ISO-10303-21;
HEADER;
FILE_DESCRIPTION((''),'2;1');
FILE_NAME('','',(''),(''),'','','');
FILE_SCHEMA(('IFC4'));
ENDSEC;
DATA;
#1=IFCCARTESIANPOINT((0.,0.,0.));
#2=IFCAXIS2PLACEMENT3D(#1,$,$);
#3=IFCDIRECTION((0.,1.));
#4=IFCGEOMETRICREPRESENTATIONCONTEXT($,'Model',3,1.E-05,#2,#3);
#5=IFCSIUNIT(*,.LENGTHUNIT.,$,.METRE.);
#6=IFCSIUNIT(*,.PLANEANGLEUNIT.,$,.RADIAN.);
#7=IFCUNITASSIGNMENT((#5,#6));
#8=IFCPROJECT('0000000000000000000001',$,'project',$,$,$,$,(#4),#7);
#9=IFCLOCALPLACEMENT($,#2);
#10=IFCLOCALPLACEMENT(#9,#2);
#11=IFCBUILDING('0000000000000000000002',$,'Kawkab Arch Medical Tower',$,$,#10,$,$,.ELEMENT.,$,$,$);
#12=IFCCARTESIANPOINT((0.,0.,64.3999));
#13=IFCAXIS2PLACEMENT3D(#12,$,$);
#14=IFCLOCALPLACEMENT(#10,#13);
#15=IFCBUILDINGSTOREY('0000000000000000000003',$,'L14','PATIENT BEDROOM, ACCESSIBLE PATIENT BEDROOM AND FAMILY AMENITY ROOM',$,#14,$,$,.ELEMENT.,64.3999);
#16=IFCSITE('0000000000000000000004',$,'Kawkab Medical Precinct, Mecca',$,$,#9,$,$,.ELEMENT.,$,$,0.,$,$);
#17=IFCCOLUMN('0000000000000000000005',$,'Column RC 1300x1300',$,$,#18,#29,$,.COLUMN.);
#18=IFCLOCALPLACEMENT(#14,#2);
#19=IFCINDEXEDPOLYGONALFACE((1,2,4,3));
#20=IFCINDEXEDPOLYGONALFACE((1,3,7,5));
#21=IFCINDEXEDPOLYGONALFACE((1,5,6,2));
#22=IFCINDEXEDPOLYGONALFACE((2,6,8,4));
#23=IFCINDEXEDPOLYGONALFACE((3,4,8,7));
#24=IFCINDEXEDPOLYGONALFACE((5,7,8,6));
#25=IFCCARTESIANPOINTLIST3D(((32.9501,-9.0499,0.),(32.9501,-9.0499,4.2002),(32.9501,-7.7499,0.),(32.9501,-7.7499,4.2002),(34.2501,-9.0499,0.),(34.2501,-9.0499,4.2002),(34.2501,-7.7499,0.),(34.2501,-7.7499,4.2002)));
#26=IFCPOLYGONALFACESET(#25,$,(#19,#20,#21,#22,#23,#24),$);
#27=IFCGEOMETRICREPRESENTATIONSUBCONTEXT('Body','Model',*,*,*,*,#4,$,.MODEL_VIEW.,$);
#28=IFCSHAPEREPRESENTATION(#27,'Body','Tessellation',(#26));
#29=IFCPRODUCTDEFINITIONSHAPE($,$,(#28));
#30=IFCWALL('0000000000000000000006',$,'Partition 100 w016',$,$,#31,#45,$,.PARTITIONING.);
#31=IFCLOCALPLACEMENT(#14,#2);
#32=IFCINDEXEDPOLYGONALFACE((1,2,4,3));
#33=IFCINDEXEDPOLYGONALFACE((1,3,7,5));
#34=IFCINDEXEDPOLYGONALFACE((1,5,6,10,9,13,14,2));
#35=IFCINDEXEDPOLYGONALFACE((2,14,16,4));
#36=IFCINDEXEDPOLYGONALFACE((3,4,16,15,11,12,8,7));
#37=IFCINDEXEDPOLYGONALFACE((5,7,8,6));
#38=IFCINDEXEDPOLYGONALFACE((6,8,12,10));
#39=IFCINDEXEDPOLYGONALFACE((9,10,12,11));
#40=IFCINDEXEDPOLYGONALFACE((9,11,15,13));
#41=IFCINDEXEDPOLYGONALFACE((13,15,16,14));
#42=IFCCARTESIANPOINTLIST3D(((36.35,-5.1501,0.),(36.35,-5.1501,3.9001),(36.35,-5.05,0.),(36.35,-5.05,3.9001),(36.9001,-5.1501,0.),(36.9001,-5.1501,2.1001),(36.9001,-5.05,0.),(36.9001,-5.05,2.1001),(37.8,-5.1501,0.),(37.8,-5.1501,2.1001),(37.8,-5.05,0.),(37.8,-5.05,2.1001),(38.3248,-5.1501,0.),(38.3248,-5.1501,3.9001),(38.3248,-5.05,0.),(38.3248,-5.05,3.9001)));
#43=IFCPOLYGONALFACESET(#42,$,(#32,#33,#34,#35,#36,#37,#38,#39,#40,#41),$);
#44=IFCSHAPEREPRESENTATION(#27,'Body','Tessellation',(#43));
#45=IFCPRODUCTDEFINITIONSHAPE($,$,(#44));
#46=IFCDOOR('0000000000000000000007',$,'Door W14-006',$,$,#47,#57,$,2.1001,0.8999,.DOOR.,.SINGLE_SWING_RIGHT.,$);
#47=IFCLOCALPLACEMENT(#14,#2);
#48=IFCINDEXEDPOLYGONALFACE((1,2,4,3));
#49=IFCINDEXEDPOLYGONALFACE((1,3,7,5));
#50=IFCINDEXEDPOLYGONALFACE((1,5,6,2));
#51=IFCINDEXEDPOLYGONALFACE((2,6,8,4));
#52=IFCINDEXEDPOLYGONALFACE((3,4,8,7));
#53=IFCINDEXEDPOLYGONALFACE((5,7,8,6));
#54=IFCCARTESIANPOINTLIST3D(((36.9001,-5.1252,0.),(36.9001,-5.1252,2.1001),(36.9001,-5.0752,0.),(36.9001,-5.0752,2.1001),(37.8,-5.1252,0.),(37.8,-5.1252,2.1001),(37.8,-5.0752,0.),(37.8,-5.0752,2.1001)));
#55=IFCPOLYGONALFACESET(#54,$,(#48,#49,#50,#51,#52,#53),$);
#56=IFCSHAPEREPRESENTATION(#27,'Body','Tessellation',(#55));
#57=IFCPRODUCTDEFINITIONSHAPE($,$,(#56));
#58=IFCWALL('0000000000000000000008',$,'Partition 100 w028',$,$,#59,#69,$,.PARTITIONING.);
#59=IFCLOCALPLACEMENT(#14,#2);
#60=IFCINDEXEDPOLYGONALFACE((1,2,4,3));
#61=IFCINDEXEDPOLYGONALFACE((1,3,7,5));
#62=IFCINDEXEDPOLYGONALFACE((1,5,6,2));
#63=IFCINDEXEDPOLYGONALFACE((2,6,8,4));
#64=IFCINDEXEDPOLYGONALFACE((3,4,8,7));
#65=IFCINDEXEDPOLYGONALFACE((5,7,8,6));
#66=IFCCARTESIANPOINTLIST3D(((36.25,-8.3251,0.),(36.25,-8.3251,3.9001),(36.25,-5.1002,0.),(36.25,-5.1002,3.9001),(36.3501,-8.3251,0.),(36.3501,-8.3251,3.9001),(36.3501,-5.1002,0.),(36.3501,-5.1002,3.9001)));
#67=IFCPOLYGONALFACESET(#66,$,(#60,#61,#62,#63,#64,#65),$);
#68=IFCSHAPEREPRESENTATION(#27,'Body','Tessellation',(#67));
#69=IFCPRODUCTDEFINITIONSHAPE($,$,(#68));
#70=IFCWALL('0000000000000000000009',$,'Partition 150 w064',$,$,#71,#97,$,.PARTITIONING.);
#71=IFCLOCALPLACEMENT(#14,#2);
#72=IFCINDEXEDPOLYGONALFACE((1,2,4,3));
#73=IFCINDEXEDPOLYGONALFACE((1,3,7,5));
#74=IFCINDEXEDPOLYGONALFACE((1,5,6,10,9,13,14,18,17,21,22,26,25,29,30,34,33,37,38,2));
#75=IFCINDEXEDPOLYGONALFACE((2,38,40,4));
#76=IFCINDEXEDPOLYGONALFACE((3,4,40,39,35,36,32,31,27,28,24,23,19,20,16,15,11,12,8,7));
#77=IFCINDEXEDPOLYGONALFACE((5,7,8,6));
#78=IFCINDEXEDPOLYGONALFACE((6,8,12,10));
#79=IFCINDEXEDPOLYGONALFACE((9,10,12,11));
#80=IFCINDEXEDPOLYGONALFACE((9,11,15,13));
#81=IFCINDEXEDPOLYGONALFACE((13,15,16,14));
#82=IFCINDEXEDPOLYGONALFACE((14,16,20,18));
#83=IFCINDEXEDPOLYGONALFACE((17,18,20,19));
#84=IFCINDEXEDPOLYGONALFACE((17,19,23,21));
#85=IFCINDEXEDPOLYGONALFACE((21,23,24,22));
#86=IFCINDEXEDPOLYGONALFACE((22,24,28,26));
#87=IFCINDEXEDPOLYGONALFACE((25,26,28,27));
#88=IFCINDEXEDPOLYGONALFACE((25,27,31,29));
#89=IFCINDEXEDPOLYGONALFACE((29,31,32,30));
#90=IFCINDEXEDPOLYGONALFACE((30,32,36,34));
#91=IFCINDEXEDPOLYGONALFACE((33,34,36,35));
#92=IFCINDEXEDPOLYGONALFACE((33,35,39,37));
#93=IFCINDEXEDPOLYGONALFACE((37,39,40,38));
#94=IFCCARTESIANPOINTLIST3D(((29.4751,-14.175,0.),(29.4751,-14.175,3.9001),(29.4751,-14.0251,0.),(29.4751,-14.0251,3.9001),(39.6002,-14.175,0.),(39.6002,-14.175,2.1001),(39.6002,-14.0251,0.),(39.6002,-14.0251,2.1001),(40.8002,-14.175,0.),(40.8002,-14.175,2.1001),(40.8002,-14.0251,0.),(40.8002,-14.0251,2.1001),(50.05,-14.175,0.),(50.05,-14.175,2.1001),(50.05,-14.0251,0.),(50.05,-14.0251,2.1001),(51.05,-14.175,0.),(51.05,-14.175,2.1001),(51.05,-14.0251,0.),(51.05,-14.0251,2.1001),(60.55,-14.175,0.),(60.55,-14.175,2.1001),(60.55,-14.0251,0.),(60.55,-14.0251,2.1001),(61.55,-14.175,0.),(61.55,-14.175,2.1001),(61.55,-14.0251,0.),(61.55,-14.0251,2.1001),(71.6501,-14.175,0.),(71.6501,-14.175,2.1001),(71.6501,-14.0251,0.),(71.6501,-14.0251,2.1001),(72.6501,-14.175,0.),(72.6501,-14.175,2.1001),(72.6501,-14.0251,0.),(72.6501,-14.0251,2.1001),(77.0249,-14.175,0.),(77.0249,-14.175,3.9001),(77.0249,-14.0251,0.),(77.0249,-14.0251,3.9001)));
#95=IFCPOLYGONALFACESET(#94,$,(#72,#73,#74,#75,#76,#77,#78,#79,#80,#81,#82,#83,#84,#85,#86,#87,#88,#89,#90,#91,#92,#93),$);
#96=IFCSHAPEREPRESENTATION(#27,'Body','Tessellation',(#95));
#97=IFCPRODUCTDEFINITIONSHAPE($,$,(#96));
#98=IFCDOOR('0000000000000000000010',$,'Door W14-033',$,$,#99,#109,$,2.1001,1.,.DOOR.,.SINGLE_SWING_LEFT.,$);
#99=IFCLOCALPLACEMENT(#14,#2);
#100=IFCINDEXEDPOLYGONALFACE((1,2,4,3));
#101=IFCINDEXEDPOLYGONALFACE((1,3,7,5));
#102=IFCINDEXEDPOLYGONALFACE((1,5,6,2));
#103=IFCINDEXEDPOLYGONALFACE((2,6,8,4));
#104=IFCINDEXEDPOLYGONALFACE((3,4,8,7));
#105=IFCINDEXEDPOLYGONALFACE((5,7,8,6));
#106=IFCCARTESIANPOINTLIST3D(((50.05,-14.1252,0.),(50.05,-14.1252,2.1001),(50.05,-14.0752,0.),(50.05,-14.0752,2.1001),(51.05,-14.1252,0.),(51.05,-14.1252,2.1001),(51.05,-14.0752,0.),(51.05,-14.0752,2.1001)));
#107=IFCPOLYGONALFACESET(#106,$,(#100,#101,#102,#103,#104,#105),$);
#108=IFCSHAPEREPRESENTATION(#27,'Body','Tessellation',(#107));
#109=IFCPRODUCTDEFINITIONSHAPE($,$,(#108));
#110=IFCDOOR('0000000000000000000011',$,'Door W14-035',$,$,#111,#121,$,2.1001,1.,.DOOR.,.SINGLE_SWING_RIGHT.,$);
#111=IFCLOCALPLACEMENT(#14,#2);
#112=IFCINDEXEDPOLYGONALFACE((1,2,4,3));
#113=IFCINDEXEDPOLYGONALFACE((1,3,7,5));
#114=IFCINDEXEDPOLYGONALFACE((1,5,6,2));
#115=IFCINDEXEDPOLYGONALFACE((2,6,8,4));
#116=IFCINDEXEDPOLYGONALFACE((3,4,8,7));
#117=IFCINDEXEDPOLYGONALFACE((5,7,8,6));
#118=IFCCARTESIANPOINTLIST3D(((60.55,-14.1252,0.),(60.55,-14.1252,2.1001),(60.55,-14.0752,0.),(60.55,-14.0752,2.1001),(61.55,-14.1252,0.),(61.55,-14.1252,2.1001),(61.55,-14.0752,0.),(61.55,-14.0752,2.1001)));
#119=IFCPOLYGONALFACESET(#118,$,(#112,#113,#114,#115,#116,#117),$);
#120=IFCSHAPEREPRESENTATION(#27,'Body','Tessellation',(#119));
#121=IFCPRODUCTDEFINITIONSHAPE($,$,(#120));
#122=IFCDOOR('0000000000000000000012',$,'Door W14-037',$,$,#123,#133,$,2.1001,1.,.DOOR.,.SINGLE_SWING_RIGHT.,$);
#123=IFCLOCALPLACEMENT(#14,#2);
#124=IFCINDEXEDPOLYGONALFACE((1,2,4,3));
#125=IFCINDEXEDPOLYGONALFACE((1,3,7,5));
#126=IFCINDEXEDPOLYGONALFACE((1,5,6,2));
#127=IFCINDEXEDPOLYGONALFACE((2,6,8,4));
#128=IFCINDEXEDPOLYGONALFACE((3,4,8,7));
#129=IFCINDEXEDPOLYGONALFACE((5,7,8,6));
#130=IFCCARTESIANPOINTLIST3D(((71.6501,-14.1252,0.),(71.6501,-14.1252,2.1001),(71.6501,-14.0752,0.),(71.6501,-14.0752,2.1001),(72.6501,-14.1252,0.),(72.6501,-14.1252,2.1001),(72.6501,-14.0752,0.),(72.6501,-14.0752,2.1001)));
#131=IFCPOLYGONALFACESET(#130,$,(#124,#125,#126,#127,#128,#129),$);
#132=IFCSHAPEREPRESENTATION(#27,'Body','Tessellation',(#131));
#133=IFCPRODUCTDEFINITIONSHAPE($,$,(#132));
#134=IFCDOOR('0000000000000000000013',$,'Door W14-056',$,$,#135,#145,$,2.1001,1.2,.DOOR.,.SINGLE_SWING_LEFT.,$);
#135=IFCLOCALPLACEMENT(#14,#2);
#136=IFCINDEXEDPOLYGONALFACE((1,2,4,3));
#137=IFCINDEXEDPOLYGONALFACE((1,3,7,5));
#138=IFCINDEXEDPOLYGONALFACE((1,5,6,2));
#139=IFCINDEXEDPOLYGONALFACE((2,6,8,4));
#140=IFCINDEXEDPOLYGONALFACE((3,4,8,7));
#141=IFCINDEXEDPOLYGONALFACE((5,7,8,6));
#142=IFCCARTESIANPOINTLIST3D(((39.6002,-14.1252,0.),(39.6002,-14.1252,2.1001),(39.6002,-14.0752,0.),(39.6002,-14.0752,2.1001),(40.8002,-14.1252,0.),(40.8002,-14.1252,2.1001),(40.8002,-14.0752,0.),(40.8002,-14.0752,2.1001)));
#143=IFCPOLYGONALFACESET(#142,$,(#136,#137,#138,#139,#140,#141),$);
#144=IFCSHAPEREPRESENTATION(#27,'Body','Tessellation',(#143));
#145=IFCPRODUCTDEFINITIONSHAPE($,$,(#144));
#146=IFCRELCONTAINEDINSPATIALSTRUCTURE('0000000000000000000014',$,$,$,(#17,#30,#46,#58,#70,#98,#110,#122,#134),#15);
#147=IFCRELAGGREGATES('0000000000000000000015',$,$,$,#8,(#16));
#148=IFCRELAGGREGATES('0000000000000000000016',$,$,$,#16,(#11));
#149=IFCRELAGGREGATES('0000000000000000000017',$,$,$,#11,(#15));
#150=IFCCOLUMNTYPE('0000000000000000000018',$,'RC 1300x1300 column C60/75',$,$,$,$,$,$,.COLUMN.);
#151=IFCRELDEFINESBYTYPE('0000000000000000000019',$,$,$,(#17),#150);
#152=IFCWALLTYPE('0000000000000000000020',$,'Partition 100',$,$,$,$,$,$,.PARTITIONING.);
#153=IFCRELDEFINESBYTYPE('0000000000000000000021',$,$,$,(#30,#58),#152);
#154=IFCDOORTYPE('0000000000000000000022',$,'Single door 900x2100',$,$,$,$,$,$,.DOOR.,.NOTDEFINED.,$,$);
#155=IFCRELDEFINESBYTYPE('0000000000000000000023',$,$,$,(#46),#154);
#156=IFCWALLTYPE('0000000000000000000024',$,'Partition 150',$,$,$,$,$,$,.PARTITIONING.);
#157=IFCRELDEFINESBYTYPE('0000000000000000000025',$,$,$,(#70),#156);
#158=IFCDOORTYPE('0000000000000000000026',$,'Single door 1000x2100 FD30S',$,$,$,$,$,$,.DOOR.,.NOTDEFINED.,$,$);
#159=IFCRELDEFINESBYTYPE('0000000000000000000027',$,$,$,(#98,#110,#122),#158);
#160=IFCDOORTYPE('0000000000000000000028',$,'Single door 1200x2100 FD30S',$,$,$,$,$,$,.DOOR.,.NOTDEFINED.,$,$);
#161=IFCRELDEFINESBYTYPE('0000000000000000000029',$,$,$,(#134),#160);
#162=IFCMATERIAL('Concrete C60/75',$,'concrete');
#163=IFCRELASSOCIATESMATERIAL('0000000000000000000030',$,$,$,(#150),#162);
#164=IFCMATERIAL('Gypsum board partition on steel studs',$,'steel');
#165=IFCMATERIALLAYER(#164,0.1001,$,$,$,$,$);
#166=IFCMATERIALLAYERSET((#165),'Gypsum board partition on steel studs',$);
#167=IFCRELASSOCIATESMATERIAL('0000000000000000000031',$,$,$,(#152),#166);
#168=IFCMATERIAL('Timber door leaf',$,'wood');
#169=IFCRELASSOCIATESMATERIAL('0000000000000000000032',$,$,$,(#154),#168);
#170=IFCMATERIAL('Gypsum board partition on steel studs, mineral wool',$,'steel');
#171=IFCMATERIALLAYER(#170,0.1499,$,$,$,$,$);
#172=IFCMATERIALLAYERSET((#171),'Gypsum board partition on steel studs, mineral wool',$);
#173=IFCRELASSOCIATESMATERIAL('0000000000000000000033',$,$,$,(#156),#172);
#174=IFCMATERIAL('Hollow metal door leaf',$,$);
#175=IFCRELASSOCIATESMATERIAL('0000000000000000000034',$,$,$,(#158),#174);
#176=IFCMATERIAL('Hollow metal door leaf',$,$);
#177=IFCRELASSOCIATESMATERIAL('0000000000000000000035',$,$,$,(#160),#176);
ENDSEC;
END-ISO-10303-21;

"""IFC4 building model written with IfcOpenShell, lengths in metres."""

from ifc_helpers import new_model, si_unit, direction, frame, frame_2d, origin, origin_2d, place, context, subcontext, project, spatial, rectangle, extrude, material, layer, layer_set, material_profile, profile_set, type_object, element, fill, save


model = new_model("IFC4")

# Units and contexts
model_context = context("Model", 3, precision=1e-05, world=origin(), true_north=direction((0.0, 1.0)))
body_context = subcontext(model_context, "Body", "Model", "MODEL_VIEW")
ifc_project = project(units=[si_unit("LENGTHUNIT", "METRE"), si_unit("PLANEANGLEUNIT", "RADIAN")], contexts=[model_context])

# Site, building, storey
site_placement = place(None, origin())
site = spatial("IfcSite", under=ifc_project, at=site_placement, Name="Kawkab Medical Precinct, Mecca", CompositionType="ELEMENT", RefElevation=0.0)
building_placement = place(site_placement, origin())
building = spatial("IfcBuilding", under=site, at=building_placement, Name="Kawkab Arch Medical Tower", CompositionType="ELEMENT")
storey_placement = place(building_placement, frame((0.0, 0.0, 64.3999)))
storey = spatial("IfcBuildingStorey", under=building, at=storey_placement, Name="L14", Description="PATIENT BEDROOM, ACCESSIBLE PATIENT BEDROOM AND FAMILY AMENITY ROOM", CompositionType="ELEMENT", Elevation=64.3999)

# Column
ifc_material_1 = material(Name="Concrete C60/75", Category="concrete")
ifc_material_profile = material_profile(ifc_material_1, rectangle(XDim=1.3, YDim=1.3, at=origin_2d()), Name="RC 1300x1300")
ifc_profile_set = profile_set([ifc_material_profile], Name="Concrete C60/75")
column_type = type_object("IfcColumnType", Name="RC 1300x1300 column C60/75", PredefinedType="COLUMN", material=ifc_profile_set)
column_placement = place(storey_placement, frame((33.6001, -8.3999, 0.0), z_axis=(0.0, 0.0, 1.0), x_axis=(1.0, 0.0, 0.0)))
element("IfcColumn", 1, at=column_placement, inside=storey, type_object=column_type, Name="Column RC 1300x1300", PredefinedType="COLUMN", context=body_context, shape_type="SweptSolid", body=[
    extrude(rectangle(XDim=1.3, YDim=1.3, at=origin_2d()), origin(), (0.0, 0.0, 1.0), 4.2002),
])

# Wall, opening, door
ifc_material_2 = material(Name="Gypsum board partition on steel studs", Category="steel")
ifc_layer_1 = layer(ifc_material_2, 0.1001)
ifc_layer_set_1 = layer_set([ifc_layer_1], Name="Gypsum board partition on steel studs")
wall_type_1 = type_object("IfcWallType", Name="Partition 100", PredefinedType="PARTITIONING", material=ifc_layer_set_1)
wall_1_placement = place(storey_placement, frame((36.3501, -5.1001, 0.0), z_axis=(0.0, 0.0, 1.0), x_axis=(1.0, 0.0, 0.0)))
wall_1 = element("IfcWall", 2, at=wall_1_placement, inside=storey, type_object=wall_type_1, Name="Partition 100 w016", PredefinedType="PARTITIONING", context=body_context, shape_type="SweptSolid", body=[
    extrude(rectangle(XDim=1.9749, YDim=0.1001, at=frame_2d((0.9873, 0.0))), origin(), (0.0, 0.0, 1.0), 3.9001),
])
opening_1_placement = place(wall_1_placement, frame((0.55, 0.0, 0.0)))
opening_1 = element("IfcOpeningElement", 3, at=opening_1_placement, cuts=wall_1, PredefinedType="OPENING", context=body_context, shape_type="SweptSolid", body=[
    extrude(rectangle(XDim=0.8999, YDim=2.1001, at=frame_2d((0.45, 1.05))), frame((0.0, 0.0601, 0.0), z_axis=(0.0, -1.0, 0.0), x_axis=(1.0, 0.0, 0.0)), (0.0, 0.0, 1.0), 0.1201),
])
ifc_material_3 = material(Name="Timber door leaf", Category="wood")
door_type_1 = type_object("IfcDoorType", Name="Single door 900x2100", OperationType="NOTDEFINED", PredefinedType="DOOR", material=ifc_material_3)
door_1_placement = place(opening_1_placement, origin())
door_1 = element("IfcDoor", 4, at=door_1_placement, inside=storey, type_object=door_type_1, Name="Door W14-006", OperationType="SINGLE_SWING_RIGHT", OverallHeight=2.1001, OverallWidth=0.8999, PredefinedType="DOOR", context=body_context, shape_type="SweptSolid", body=[
    extrude(rectangle(XDim=0.8999, YDim=2.1001, at=frame_2d((0.45, 1.05))), frame((0.0, 0.0249, 0.0), z_axis=(0.0, -1.0, 0.0), x_axis=(1.0, 0.0, 0.0)), (0.0, 0.0, 1.0), 0.05),
])
fill(opening_1, door_1)

# Wall
wall_2_placement = place(storey_placement, frame((36.3, -8.325, 0.0), z_axis=(0.0, 0.0, 1.0), x_axis=(0.0, 1.0, 0.0)))
element("IfcWall", 5, at=wall_2_placement, inside=storey, type_object=wall_type_1, Name="Partition 100 w028", PredefinedType="PARTITIONING", context=body_context, shape_type="SweptSolid", body=[
    extrude(rectangle(XDim=3.2249, YDim=0.1001, at=frame_2d((1.6123, 0.0))), origin(), (0.0, 0.0, 1.0), 3.9001),
])

# Wall, openings, doors
ifc_material_4 = material(Name="Gypsum board partition on steel studs, mineral wool", Category="steel")
ifc_layer_2 = layer(ifc_material_4, 0.1499)
ifc_layer_set_2 = layer_set([ifc_layer_2], Name="Gypsum board partition on steel studs, mineral wool")
wall_type_2 = type_object("IfcWallType", Name="Partition 150", PredefinedType="PARTITIONING", material=ifc_layer_set_2)
wall_3_placement = place(storey_placement, frame((29.4751, -14.1001, 0.0), z_axis=(0.0, 0.0, 1.0), x_axis=(1.0, 0.0, 0.0)))
wall_3 = element("IfcWall", 6, at=wall_3_placement, inside=storey, type_object=wall_type_2, Name="Partition 150 w064", PredefinedType="PARTITIONING", context=body_context, shape_type="SweptSolid", body=[
    extrude(rectangle(XDim=47.5498, YDim=0.1499, at=frame_2d((23.7749, 0.0))), origin(), (0.0, 0.0, 1.0), 3.9001),
])
opening_2_placement = place(wall_3_placement, frame((10.125, 0.0, 0.0)))
opening_2 = element("IfcOpeningElement", 7, at=opening_2_placement, cuts=wall_3, PredefinedType="OPENING", context=body_context, shape_type="SweptSolid", body=[
    extrude(rectangle(XDim=1.2, YDim=2.1001, at=frame_2d((0.6001, 1.05))), frame((0.0, 0.085, 0.0), z_axis=(0.0, -1.0, 0.0), x_axis=(1.0, 0.0, 0.0)), (0.0, 0.0, 1.0), 0.1699),
])
opening_3_placement = place(wall_3_placement, frame((20.575, 0.0, 0.0)))
opening_3 = element("IfcOpeningElement", 8, at=opening_3_placement, cuts=wall_3, PredefinedType="OPENING", context=body_context, shape_type="SweptSolid", body=[
    extrude(rectangle(XDim=1.0, YDim=2.1001, at=frame_2d((0.5, 1.05))), frame((0.0, 0.085, 0.0), z_axis=(0.0, -1.0, 0.0), x_axis=(1.0, 0.0, 0.0)), (0.0, 0.0, 1.0), 0.1699),
])
opening_4_placement = place(wall_3_placement, frame((31.075, 0.0, 0.0)))
opening_4 = element("IfcOpeningElement", 9, at=opening_4_placement, cuts=wall_3, PredefinedType="OPENING", context=body_context, shape_type="SweptSolid", body=[
    extrude(rectangle(XDim=1.0, YDim=2.1001, at=frame_2d((0.5, 1.05))), frame((0.0, 0.085, 0.0), z_axis=(0.0, -1.0, 0.0), x_axis=(1.0, 0.0, 0.0)), (0.0, 0.0, 1.0), 0.1699),
])
opening_5_placement = place(wall_3_placement, frame((42.175, 0.0, 0.0)))
opening_5 = element("IfcOpeningElement", 10, at=opening_5_placement, cuts=wall_3, PredefinedType="OPENING", context=body_context, shape_type="SweptSolid", body=[
    extrude(rectangle(XDim=1.0, YDim=2.1001, at=frame_2d((0.5, 1.05))), frame((0.0, 0.085, 0.0), z_axis=(0.0, -1.0, 0.0), x_axis=(1.0, 0.0, 0.0)), (0.0, 0.0, 1.0), 0.1699),
])
ifc_material_5 = material(Name="Hollow metal door leaf")
door_type_2 = type_object("IfcDoorType", Name="Single door 1000x2100 FD30S", OperationType="NOTDEFINED", PredefinedType="DOOR", material=ifc_material_5)
door_2_placement = place(opening_3_placement, origin())
door_2 = element("IfcDoor", 11, at=door_2_placement, inside=storey, type_object=door_type_2, Name="Door W14-033", OperationType="SINGLE_SWING_LEFT", OverallHeight=2.1001, OverallWidth=1.0, PredefinedType="DOOR", context=body_context, shape_type="SweptSolid", body=[
    extrude(rectangle(XDim=1.0, YDim=2.1001, at=frame_2d((0.5, 1.05))), frame((0.0, 0.0249, 0.0), z_axis=(0.0, -1.0, 0.0), x_axis=(1.0, 0.0, 0.0)), (0.0, 0.0, 1.0), 0.05),
])
fill(opening_3, door_2)
door_3_placement = place(opening_4_placement, origin())
door_3 = element("IfcDoor", 12, at=door_3_placement, inside=storey, type_object=door_type_2, Name="Door W14-035", OperationType="SINGLE_SWING_RIGHT", OverallHeight=2.1001, OverallWidth=1.0, PredefinedType="DOOR", context=body_context, shape_type="SweptSolid", body=[
    extrude(rectangle(XDim=1.0, YDim=2.1001, at=frame_2d((0.5, 1.05))), frame((0.0, 0.0249, 0.0), z_axis=(0.0, -1.0, 0.0), x_axis=(1.0, 0.0, 0.0)), (0.0, 0.0, 1.0), 0.05),
])
fill(opening_4, door_3)
door_4_placement = place(opening_5_placement, origin())
door_4 = element("IfcDoor", 13, at=door_4_placement, inside=storey, type_object=door_type_2, Name="Door W14-037", OperationType="SINGLE_SWING_RIGHT", OverallHeight=2.1001, OverallWidth=1.0, PredefinedType="DOOR", context=body_context, shape_type="SweptSolid", body=[
    extrude(rectangle(XDim=1.0, YDim=2.1001, at=frame_2d((0.5, 1.05))), frame((0.0, 0.0249, 0.0), z_axis=(0.0, -1.0, 0.0), x_axis=(1.0, 0.0, 0.0)), (0.0, 0.0, 1.0), 0.05),
])
fill(opening_5, door_4)
ifc_material_6 = material(Name="Hollow metal door leaf")
door_type_3 = type_object("IfcDoorType", Name="Single door 1200x2100 FD30S", OperationType="NOTDEFINED", PredefinedType="DOOR", material=ifc_material_6)
door_5_placement = place(opening_2_placement, origin())
door_5 = element("IfcDoor", 14, at=door_5_placement, inside=storey, type_object=door_type_3, Name="Door W14-056", OperationType="SINGLE_SWING_LEFT", OverallHeight=2.1001, OverallWidth=1.2, PredefinedType="DOOR", context=body_context, shape_type="SweptSolid", body=[
    extrude(rectangle(XDim=1.2, YDim=2.1001, at=frame_2d((0.6001, 1.05))), frame((0.0, 0.0249, 0.0), z_axis=(0.0, -1.0, 0.0), x_axis=(1.0, 0.0, 0.0)), (0.0, 0.0, 1.0), 0.05),
])
fill(opening_2, door_5)

save(model, "model.ifc")
